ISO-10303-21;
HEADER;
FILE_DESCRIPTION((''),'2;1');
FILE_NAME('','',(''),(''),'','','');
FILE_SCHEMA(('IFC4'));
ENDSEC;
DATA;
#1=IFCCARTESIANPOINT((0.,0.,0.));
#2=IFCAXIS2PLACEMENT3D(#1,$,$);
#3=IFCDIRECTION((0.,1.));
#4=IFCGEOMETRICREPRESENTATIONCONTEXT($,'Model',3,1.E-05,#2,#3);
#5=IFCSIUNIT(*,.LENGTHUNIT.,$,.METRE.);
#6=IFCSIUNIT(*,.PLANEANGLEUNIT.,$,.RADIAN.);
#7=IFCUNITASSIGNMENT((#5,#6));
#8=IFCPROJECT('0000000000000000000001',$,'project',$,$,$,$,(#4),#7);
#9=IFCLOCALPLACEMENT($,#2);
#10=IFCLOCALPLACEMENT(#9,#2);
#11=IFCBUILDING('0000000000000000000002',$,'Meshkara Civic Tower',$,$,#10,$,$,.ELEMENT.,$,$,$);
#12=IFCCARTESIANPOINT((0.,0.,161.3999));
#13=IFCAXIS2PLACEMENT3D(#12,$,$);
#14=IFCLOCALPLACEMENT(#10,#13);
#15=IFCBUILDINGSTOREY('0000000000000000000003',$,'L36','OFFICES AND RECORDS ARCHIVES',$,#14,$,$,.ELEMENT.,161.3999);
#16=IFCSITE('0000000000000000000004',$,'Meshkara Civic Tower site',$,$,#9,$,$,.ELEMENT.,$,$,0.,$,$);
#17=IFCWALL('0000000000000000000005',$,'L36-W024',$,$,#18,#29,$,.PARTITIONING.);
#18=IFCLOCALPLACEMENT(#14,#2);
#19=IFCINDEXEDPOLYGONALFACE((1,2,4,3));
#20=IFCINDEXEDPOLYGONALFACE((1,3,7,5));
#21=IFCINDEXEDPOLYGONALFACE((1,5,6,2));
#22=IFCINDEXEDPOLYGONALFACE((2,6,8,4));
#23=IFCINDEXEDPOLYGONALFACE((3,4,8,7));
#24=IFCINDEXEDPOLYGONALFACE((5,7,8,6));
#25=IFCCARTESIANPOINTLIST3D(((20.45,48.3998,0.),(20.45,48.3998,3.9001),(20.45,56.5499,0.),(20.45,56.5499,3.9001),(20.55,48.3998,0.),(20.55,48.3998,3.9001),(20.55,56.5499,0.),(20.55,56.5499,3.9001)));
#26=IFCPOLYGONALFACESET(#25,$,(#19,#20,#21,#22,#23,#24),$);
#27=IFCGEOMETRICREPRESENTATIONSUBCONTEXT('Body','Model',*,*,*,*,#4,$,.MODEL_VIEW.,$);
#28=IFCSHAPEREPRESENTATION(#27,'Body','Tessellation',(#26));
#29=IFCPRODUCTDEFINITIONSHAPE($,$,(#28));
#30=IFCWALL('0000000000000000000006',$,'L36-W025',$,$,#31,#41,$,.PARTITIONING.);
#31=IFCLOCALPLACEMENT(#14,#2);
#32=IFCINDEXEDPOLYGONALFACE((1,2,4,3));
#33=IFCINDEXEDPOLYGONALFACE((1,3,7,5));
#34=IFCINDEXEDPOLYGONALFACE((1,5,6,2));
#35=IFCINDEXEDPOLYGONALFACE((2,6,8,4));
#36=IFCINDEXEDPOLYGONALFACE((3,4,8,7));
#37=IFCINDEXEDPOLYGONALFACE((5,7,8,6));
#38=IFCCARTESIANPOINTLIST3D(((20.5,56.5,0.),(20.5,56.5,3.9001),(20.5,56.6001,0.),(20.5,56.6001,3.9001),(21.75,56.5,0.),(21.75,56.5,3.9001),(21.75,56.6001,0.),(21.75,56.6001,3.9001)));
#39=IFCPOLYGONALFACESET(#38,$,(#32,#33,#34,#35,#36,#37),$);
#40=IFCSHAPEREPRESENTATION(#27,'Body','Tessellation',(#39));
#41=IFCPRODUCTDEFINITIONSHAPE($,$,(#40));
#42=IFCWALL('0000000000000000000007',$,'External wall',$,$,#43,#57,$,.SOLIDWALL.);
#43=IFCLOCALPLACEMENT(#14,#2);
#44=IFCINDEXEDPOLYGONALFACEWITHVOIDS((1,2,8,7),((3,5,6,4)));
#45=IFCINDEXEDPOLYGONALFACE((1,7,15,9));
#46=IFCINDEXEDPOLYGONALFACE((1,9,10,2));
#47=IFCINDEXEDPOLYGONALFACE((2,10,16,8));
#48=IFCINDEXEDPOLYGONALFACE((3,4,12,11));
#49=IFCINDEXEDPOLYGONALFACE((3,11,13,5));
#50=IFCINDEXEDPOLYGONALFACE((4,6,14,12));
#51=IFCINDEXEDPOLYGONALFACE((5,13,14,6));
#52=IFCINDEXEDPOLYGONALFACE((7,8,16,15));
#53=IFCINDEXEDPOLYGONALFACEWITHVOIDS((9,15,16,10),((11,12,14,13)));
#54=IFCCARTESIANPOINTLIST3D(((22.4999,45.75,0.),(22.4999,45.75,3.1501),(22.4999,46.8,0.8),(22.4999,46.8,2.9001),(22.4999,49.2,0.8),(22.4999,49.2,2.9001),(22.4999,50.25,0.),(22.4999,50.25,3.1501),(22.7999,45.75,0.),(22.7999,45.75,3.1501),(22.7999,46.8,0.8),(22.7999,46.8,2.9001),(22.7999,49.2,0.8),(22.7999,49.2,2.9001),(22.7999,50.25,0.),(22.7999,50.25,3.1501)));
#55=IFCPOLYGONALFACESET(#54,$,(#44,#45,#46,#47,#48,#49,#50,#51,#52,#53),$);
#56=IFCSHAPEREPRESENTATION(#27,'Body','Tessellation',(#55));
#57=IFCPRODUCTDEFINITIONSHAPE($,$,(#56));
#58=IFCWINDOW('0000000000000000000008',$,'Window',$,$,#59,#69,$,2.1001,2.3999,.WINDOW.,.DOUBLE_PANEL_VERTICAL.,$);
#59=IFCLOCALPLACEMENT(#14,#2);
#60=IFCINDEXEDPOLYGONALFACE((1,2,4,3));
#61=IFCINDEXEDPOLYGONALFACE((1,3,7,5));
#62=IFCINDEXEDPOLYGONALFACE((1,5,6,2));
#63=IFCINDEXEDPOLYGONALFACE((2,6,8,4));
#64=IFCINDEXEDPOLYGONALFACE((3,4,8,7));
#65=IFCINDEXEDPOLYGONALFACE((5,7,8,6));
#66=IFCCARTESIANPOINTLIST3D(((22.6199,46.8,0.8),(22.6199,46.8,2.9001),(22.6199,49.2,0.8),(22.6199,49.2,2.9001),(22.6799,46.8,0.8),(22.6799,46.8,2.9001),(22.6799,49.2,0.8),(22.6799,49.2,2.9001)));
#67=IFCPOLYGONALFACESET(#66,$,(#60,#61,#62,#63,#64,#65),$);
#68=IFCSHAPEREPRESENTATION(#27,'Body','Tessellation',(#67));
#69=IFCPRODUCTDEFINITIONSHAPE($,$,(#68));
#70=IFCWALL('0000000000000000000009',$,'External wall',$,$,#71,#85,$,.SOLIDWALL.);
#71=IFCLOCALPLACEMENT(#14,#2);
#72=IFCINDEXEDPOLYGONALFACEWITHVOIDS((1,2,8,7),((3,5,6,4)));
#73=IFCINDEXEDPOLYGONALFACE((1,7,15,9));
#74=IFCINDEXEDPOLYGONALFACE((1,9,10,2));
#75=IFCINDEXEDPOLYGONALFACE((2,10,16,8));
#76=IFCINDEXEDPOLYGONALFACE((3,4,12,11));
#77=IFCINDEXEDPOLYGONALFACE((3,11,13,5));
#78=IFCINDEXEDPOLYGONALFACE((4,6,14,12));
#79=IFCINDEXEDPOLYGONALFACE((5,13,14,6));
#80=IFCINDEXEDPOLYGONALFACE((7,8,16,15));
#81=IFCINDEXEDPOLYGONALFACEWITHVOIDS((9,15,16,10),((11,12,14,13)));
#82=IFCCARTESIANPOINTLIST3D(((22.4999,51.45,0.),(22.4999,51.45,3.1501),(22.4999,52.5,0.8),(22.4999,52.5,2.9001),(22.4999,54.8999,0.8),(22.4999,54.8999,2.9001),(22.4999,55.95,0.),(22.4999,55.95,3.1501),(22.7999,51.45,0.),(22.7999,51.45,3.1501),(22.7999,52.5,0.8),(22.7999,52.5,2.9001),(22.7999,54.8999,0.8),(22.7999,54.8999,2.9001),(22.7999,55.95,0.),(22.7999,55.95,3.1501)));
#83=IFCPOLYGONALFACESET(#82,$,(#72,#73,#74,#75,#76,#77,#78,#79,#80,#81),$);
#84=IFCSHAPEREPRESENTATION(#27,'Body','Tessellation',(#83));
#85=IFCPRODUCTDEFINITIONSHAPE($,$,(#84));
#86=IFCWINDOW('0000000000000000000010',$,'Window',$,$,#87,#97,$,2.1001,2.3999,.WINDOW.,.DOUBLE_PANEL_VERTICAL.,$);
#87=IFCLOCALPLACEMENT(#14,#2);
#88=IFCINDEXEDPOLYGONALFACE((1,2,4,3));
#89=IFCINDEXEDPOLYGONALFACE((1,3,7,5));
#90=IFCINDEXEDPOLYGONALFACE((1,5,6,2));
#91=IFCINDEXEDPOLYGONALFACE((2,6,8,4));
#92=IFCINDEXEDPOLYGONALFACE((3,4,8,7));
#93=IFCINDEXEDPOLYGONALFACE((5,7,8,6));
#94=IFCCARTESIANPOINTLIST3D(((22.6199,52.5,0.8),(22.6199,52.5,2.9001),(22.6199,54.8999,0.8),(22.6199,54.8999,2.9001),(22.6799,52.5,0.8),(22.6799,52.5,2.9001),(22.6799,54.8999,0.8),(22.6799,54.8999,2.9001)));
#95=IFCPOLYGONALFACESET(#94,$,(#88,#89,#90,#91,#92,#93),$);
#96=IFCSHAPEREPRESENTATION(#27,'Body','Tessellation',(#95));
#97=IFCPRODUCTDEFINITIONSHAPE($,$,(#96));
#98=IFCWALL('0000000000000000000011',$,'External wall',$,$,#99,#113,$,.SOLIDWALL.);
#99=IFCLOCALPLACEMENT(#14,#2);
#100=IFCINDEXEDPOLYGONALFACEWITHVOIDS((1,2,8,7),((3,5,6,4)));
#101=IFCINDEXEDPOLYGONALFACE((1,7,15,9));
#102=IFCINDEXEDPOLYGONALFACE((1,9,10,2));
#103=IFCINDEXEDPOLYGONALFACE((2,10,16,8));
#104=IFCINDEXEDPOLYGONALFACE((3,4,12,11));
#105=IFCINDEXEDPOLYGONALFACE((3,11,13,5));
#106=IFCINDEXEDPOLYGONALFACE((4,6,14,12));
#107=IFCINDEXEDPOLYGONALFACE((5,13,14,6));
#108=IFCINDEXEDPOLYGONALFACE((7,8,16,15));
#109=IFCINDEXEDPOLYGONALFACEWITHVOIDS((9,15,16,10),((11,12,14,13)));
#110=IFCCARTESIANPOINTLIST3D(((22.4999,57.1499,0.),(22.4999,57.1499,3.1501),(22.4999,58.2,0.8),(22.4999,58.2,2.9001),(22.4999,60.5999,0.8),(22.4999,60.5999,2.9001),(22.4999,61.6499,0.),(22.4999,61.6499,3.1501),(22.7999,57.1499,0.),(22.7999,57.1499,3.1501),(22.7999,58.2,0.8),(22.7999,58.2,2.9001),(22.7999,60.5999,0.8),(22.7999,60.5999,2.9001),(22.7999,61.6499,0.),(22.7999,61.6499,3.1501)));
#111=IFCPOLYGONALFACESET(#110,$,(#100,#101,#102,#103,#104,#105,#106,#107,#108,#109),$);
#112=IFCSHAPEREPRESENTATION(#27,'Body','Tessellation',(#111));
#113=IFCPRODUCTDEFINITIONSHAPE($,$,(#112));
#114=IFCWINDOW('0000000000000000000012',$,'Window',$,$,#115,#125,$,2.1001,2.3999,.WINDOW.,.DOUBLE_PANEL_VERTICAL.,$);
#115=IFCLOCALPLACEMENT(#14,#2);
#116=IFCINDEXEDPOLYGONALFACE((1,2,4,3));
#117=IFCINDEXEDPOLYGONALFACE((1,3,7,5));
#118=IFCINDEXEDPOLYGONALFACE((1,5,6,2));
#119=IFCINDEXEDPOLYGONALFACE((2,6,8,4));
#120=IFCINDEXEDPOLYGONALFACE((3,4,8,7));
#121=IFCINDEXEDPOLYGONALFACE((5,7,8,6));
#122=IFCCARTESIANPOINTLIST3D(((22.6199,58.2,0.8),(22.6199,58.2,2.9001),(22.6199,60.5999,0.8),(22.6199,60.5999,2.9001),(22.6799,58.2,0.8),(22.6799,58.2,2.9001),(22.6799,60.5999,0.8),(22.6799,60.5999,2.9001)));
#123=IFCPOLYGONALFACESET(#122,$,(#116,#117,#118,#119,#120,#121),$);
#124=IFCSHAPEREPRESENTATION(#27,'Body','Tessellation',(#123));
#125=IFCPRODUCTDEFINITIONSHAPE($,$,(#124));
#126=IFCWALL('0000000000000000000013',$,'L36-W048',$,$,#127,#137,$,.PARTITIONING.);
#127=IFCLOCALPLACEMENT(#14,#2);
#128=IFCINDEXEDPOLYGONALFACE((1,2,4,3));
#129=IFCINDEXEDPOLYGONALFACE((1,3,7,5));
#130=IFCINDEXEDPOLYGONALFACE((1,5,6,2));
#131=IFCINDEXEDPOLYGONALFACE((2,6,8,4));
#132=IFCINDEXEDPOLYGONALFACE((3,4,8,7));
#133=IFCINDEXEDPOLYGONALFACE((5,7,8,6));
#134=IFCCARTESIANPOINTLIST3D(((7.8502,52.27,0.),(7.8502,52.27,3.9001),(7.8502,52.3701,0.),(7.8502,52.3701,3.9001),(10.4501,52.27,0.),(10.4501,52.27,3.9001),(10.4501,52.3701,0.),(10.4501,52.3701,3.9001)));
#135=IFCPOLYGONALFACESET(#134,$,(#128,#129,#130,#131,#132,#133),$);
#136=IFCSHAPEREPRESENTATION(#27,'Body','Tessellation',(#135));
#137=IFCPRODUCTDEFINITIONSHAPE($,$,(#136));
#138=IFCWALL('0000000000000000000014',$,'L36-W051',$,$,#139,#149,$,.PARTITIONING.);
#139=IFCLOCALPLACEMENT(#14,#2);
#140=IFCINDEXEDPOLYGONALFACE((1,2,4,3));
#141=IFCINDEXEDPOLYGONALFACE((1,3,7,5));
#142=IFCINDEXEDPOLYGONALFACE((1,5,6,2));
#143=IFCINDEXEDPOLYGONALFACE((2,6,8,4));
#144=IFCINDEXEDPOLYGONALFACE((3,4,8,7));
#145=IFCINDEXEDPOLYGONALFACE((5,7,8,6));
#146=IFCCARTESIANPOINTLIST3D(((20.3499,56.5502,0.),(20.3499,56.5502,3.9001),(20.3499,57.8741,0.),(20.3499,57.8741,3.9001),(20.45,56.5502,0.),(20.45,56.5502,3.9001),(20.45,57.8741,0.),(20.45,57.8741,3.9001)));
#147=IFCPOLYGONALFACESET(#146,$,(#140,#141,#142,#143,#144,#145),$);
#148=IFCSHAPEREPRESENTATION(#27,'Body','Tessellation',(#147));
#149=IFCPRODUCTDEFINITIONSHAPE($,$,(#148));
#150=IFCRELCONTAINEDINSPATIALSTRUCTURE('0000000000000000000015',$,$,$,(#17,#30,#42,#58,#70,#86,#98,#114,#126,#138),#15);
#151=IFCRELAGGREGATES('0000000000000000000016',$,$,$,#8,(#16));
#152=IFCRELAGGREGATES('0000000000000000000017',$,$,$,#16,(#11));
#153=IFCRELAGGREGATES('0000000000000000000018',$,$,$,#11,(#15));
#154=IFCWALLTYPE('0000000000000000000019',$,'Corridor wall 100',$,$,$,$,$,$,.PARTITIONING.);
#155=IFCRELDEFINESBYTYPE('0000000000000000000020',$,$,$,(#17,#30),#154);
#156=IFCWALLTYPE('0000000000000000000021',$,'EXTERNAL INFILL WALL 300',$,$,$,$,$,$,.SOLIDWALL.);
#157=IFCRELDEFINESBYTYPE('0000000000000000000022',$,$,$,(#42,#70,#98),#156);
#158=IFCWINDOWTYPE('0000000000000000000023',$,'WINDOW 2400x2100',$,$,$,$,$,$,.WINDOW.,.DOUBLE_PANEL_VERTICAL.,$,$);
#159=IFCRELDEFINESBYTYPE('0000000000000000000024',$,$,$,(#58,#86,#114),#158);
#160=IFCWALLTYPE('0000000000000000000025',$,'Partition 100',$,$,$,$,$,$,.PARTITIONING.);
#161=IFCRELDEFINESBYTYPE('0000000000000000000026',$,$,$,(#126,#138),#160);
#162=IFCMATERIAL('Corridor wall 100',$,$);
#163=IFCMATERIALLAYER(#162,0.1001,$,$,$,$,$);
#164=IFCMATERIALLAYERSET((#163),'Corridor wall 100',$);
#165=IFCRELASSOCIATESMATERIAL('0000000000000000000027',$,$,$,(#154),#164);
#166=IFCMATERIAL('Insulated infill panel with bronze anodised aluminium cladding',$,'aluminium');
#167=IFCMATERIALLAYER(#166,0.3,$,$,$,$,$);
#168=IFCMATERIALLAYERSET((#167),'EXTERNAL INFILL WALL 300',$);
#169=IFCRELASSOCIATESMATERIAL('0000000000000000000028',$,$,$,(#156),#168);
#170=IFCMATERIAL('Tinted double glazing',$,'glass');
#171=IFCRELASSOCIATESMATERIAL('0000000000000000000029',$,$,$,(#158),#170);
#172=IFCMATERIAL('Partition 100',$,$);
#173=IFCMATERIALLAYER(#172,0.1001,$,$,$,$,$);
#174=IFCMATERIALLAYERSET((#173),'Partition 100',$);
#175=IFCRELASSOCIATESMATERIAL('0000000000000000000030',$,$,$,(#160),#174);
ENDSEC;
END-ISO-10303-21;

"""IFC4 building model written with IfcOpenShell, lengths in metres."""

from ifc_helpers import new_model, si_unit, direction, frame, frame_2d, origin, place, context, subcontext, project, spatial, rectangle, extrude, material, layer, layer_set, type_object, element, fill, save


model = new_model("IFC4")

# Units and contexts
model_context = context("Model", 3, precision=1e-05, world=origin(), true_north=direction((0.0, 1.0)))
body_context = subcontext(model_context, "Body", "Model", "MODEL_VIEW")
ifc_project = project(units=[si_unit("LENGTHUNIT", "METRE"), si_unit("PLANEANGLEUNIT", "RADIAN")], contexts=[model_context])

# Site, building, storey
site_placement = place(None, origin())
site = spatial("IfcSite", under=ifc_project, at=site_placement, Name="Meshkara Civic Tower site", CompositionType="ELEMENT", RefElevation=0.0)
building_placement = place(site_placement, origin())
building = spatial("IfcBuilding", under=site, at=building_placement, Name="Meshkara Civic Tower", CompositionType="ELEMENT")
storey_placement = place(building_placement, frame((0.0, 0.0, 161.3999)))
storey = spatial("IfcBuildingStorey", under=building, at=storey_placement, Name="L36", Description="OFFICES AND RECORDS ARCHIVES", CompositionType="ELEMENT", Elevation=161.3999)

# Walls
ifc_material_1 = material(Name="Corridor wall 100")
ifc_layer_1 = layer(ifc_material_1, 0.1001)
ifc_layer_set_1 = layer_set([ifc_layer_1], Name="Corridor wall 100")
wall_type_1 = type_object("IfcWallType", Name="Corridor wall 100", PredefinedType="PARTITIONING", material=ifc_layer_set_1)
wall_1_placement = place(storey_placement, frame((20.5, 56.55, 0.0), z_axis=(0.0, 0.0, 1.0), x_axis=(0.0, -1.0, 0.0)))
element("IfcWall", 1, at=wall_1_placement, inside=storey, type_object=wall_type_1, Name="L36-W024", PredefinedType="PARTITIONING", context=body_context, shape_type="SweptSolid", body=[
    extrude(rectangle(XDim=8.1501, YDim=0.1001, at=frame_2d((4.0752, 0.0))), origin(), (0.0, 0.0, 1.0), 3.9001),
])
wall_2_placement = place(storey_placement, frame((21.75, 56.55, 0.0), z_axis=(0.0, 0.0, 1.0), x_axis=(-1.0, 0.0, 0.0)))
element("IfcWall", 2, at=wall_2_placement, inside=storey, type_object=wall_type_1, Name="L36-W025", PredefinedType="PARTITIONING", context=body_context, shape_type="SweptSolid", body=[
    extrude(rectangle(XDim=1.25, YDim=0.1001, at=frame_2d((0.625, 0.0))), origin(), (0.0, 0.0, 1.0), 3.9001),
])

# Walls, openings, windows
ifc_material_2 = material(Name="Insulated infill panel with bronze anodised aluminium cladding", Category="aluminium")
ifc_layer_2 = layer(ifc_material_2, 0.3)
ifc_layer_set_2 = layer_set([ifc_layer_2], Name="EXTERNAL INFILL WALL 300")
wall_type_2 = type_object("IfcWallType", Name="EXTERNAL INFILL WALL 300", PredefinedType="SOLIDWALL", material=ifc_layer_set_2)
wall_3_placement = place(storey_placement, frame((22.6499, 45.75, 0.0), z_axis=(0.0, 0.0, 1.0), x_axis=(0.0, 1.0, 0.0)))
wall_3 = element("IfcWall", 3, at=wall_3_placement, inside=storey, type_object=wall_type_2, Name="External wall", PredefinedType="SOLIDWALL", context=body_context, shape_type="SweptSolid", body=[
    extrude(rectangle(XDim=4.5, YDim=0.3, at=frame_2d((2.25, 0.0))), origin(), (0.0, 0.0, 1.0), 3.1501),
])
opening_1_placement = place(wall_3_placement, frame((1.05, 0.0, 0.8)))
opening_1 = element("IfcOpeningElement", 4, at=opening_1_placement, cuts=wall_3, PredefinedType="OPENING", context=body_context, shape_type="SweptSolid", body=[
    extrude(rectangle(XDim=2.3999, YDim=2.1001, at=frame_2d((1.2, 1.05))), frame((0.0, 0.1599, 0.0), z_axis=(0.0, -1.0, 0.0), x_axis=(1.0, 0.0, 0.0)), (0.0, 0.0, 1.0), 0.3201),
])
ifc_material_3 = material(Name="Tinted double glazing", Category="glass")
window_type = type_object("IfcWindowType", Name="WINDOW 2400x2100", PartitioningType="DOUBLE_PANEL_VERTICAL", PredefinedType="WINDOW", material=ifc_material_3)
window_1_placement = place(opening_1_placement, origin())
window_1 = element("IfcWindow", 5, at=window_1_placement, inside=storey, type_object=window_type, Name="Window", OverallHeight=2.1001, OverallWidth=2.3999, PartitioningType="DOUBLE_PANEL_VERTICAL", PredefinedType="WINDOW", context=body_context, shape_type="SweptSolid", body=[
    extrude(rectangle(XDim=2.3999, YDim=2.1001, at=frame_2d((1.2, 1.05))), frame((0.0, 0.03, 0.0), z_axis=(0.0, -1.0, 0.0), x_axis=(1.0, 0.0, 0.0)), (0.0, 0.0, 1.0), 0.0601),
])
fill(opening_1, window_1)
wall_4_placement = place(storey_placement, frame((22.6499, 51.45, 0.0), z_axis=(0.0, 0.0, 1.0), x_axis=(0.0, 1.0, 0.0)))
wall_4 = element("IfcWall", 6, at=wall_4_placement, inside=storey, type_object=wall_type_2, Name="External wall", PredefinedType="SOLIDWALL", context=body_context, shape_type="SweptSolid", body=[
    extrude(rectangle(XDim=4.5, YDim=0.3, at=frame_2d((2.25, 0.0))), origin(), (0.0, 0.0, 1.0), 3.1501),
])
opening_2_placement = place(wall_4_placement, frame((1.05, 0.0, 0.8)))
opening_2 = element("IfcOpeningElement", 7, at=opening_2_placement, cuts=wall_4, PredefinedType="OPENING", context=body_context, shape_type="SweptSolid", body=[
    extrude(rectangle(XDim=2.3999, YDim=2.1001, at=frame_2d((1.2, 1.05))), frame((0.0, 0.1599, 0.0), z_axis=(0.0, -1.0, 0.0), x_axis=(1.0, 0.0, 0.0)), (0.0, 0.0, 1.0), 0.3201),
])
window_2_placement = place(opening_2_placement, origin())
window_2 = element("IfcWindow", 8, at=window_2_placement, inside=storey, type_object=window_type, Name="Window", OverallHeight=2.1001, OverallWidth=2.3999, PartitioningType="DOUBLE_PANEL_VERTICAL", PredefinedType="WINDOW", context=body_context, shape_type="SweptSolid", body=[
    extrude(rectangle(XDim=2.3999, YDim=2.1001, at=frame_2d((1.2, 1.05))), frame((0.0, 0.03, 0.0), z_axis=(0.0, -1.0, 0.0), x_axis=(1.0, 0.0, 0.0)), (0.0, 0.0, 1.0), 0.0601),
])
fill(opening_2, window_2)
wall_5_placement = place(storey_placement, frame((22.6499, 57.1499, 0.0), z_axis=(0.0, 0.0, 1.0), x_axis=(0.0, 1.0, 0.0)))
wall_5 = element("IfcWall", 9, at=wall_5_placement, inside=storey, type_object=wall_type_2, Name="External wall", PredefinedType="SOLIDWALL", context=body_context, shape_type="SweptSolid", body=[
    extrude(rectangle(XDim=4.5, YDim=0.3, at=frame_2d((2.25, 0.0))), origin(), (0.0, 0.0, 1.0), 3.1501),
])
opening_3_placement = place(wall_5_placement, frame((1.05, 0.0, 0.8)))
opening_3 = element("IfcOpeningElement", 10, at=opening_3_placement, cuts=wall_5, PredefinedType="OPENING", context=body_context, shape_type="SweptSolid", body=[
    extrude(rectangle(XDim=2.3999, YDim=2.1001, at=frame_2d((1.2, 1.05))), frame((0.0, 0.1599, 0.0), z_axis=(0.0, -1.0, 0.0), x_axis=(1.0, 0.0, 0.0)), (0.0, 0.0, 1.0), 0.3201),
])
window_3_placement = place(opening_3_placement, origin())
window_3 = element("IfcWindow", 11, at=window_3_placement, inside=storey, type_object=window_type, Name="Window", OverallHeight=2.1001, OverallWidth=2.3999, PartitioningType="DOUBLE_PANEL_VERTICAL", PredefinedType="WINDOW", context=body_context, shape_type="SweptSolid", body=[
    extrude(rectangle(XDim=2.3999, YDim=2.1001, at=frame_2d((1.2, 1.05))), frame((0.0, 0.03, 0.0), z_axis=(0.0, -1.0, 0.0), x_axis=(1.0, 0.0, 0.0)), (0.0, 0.0, 1.0), 0.0601),
])
fill(opening_3, window_3)

# Walls
ifc_material_4 = material(Name="Partition 100")
ifc_layer_3 = layer(ifc_material_4, 0.1001)
ifc_layer_set_3 = layer_set([ifc_layer_3], Name="Partition 100")
wall_type_3 = type_object("IfcWallType", Name="Partition 100", PredefinedType="PARTITIONING", material=ifc_layer_set_3)
wall_6_placement = place(storey_placement, frame((10.45, 52.3201, 0.0), z_axis=(0.0, 0.0, 1.0), x_axis=(-1.0, 0.0, 0.0)))
element("IfcWall", 12, at=wall_6_placement, inside=storey, type_object=wall_type_3, Name="L36-W048", PredefinedType="PARTITIONING", context=body_context, shape_type="SweptSolid", body=[
    extrude(rectangle(XDim=2.5999, YDim=0.1001, at=frame_2d((1.2998, 0.0))), origin(), (0.0, 0.0, 1.0), 3.9001),
])
wall_7_placement = place(storey_placement, frame((20.3999, 56.55, 0.0), z_axis=(0.0, 0.0, 1.0), x_axis=(0.0, 1.0, 0.0)))
element("IfcWall", 13, at=wall_7_placement, inside=storey, type_object=wall_type_3, Name="L36-W051", PredefinedType="PARTITIONING", context=body_context, shape_type="SweptSolid", body=[
    extrude(rectangle(XDim=1.324, YDim=0.1001, at=frame_2d((0.6621, 0.0))), origin(), (0.0, 0.0, 1.0), 3.9001),
])

save(model, "model.ifc")
